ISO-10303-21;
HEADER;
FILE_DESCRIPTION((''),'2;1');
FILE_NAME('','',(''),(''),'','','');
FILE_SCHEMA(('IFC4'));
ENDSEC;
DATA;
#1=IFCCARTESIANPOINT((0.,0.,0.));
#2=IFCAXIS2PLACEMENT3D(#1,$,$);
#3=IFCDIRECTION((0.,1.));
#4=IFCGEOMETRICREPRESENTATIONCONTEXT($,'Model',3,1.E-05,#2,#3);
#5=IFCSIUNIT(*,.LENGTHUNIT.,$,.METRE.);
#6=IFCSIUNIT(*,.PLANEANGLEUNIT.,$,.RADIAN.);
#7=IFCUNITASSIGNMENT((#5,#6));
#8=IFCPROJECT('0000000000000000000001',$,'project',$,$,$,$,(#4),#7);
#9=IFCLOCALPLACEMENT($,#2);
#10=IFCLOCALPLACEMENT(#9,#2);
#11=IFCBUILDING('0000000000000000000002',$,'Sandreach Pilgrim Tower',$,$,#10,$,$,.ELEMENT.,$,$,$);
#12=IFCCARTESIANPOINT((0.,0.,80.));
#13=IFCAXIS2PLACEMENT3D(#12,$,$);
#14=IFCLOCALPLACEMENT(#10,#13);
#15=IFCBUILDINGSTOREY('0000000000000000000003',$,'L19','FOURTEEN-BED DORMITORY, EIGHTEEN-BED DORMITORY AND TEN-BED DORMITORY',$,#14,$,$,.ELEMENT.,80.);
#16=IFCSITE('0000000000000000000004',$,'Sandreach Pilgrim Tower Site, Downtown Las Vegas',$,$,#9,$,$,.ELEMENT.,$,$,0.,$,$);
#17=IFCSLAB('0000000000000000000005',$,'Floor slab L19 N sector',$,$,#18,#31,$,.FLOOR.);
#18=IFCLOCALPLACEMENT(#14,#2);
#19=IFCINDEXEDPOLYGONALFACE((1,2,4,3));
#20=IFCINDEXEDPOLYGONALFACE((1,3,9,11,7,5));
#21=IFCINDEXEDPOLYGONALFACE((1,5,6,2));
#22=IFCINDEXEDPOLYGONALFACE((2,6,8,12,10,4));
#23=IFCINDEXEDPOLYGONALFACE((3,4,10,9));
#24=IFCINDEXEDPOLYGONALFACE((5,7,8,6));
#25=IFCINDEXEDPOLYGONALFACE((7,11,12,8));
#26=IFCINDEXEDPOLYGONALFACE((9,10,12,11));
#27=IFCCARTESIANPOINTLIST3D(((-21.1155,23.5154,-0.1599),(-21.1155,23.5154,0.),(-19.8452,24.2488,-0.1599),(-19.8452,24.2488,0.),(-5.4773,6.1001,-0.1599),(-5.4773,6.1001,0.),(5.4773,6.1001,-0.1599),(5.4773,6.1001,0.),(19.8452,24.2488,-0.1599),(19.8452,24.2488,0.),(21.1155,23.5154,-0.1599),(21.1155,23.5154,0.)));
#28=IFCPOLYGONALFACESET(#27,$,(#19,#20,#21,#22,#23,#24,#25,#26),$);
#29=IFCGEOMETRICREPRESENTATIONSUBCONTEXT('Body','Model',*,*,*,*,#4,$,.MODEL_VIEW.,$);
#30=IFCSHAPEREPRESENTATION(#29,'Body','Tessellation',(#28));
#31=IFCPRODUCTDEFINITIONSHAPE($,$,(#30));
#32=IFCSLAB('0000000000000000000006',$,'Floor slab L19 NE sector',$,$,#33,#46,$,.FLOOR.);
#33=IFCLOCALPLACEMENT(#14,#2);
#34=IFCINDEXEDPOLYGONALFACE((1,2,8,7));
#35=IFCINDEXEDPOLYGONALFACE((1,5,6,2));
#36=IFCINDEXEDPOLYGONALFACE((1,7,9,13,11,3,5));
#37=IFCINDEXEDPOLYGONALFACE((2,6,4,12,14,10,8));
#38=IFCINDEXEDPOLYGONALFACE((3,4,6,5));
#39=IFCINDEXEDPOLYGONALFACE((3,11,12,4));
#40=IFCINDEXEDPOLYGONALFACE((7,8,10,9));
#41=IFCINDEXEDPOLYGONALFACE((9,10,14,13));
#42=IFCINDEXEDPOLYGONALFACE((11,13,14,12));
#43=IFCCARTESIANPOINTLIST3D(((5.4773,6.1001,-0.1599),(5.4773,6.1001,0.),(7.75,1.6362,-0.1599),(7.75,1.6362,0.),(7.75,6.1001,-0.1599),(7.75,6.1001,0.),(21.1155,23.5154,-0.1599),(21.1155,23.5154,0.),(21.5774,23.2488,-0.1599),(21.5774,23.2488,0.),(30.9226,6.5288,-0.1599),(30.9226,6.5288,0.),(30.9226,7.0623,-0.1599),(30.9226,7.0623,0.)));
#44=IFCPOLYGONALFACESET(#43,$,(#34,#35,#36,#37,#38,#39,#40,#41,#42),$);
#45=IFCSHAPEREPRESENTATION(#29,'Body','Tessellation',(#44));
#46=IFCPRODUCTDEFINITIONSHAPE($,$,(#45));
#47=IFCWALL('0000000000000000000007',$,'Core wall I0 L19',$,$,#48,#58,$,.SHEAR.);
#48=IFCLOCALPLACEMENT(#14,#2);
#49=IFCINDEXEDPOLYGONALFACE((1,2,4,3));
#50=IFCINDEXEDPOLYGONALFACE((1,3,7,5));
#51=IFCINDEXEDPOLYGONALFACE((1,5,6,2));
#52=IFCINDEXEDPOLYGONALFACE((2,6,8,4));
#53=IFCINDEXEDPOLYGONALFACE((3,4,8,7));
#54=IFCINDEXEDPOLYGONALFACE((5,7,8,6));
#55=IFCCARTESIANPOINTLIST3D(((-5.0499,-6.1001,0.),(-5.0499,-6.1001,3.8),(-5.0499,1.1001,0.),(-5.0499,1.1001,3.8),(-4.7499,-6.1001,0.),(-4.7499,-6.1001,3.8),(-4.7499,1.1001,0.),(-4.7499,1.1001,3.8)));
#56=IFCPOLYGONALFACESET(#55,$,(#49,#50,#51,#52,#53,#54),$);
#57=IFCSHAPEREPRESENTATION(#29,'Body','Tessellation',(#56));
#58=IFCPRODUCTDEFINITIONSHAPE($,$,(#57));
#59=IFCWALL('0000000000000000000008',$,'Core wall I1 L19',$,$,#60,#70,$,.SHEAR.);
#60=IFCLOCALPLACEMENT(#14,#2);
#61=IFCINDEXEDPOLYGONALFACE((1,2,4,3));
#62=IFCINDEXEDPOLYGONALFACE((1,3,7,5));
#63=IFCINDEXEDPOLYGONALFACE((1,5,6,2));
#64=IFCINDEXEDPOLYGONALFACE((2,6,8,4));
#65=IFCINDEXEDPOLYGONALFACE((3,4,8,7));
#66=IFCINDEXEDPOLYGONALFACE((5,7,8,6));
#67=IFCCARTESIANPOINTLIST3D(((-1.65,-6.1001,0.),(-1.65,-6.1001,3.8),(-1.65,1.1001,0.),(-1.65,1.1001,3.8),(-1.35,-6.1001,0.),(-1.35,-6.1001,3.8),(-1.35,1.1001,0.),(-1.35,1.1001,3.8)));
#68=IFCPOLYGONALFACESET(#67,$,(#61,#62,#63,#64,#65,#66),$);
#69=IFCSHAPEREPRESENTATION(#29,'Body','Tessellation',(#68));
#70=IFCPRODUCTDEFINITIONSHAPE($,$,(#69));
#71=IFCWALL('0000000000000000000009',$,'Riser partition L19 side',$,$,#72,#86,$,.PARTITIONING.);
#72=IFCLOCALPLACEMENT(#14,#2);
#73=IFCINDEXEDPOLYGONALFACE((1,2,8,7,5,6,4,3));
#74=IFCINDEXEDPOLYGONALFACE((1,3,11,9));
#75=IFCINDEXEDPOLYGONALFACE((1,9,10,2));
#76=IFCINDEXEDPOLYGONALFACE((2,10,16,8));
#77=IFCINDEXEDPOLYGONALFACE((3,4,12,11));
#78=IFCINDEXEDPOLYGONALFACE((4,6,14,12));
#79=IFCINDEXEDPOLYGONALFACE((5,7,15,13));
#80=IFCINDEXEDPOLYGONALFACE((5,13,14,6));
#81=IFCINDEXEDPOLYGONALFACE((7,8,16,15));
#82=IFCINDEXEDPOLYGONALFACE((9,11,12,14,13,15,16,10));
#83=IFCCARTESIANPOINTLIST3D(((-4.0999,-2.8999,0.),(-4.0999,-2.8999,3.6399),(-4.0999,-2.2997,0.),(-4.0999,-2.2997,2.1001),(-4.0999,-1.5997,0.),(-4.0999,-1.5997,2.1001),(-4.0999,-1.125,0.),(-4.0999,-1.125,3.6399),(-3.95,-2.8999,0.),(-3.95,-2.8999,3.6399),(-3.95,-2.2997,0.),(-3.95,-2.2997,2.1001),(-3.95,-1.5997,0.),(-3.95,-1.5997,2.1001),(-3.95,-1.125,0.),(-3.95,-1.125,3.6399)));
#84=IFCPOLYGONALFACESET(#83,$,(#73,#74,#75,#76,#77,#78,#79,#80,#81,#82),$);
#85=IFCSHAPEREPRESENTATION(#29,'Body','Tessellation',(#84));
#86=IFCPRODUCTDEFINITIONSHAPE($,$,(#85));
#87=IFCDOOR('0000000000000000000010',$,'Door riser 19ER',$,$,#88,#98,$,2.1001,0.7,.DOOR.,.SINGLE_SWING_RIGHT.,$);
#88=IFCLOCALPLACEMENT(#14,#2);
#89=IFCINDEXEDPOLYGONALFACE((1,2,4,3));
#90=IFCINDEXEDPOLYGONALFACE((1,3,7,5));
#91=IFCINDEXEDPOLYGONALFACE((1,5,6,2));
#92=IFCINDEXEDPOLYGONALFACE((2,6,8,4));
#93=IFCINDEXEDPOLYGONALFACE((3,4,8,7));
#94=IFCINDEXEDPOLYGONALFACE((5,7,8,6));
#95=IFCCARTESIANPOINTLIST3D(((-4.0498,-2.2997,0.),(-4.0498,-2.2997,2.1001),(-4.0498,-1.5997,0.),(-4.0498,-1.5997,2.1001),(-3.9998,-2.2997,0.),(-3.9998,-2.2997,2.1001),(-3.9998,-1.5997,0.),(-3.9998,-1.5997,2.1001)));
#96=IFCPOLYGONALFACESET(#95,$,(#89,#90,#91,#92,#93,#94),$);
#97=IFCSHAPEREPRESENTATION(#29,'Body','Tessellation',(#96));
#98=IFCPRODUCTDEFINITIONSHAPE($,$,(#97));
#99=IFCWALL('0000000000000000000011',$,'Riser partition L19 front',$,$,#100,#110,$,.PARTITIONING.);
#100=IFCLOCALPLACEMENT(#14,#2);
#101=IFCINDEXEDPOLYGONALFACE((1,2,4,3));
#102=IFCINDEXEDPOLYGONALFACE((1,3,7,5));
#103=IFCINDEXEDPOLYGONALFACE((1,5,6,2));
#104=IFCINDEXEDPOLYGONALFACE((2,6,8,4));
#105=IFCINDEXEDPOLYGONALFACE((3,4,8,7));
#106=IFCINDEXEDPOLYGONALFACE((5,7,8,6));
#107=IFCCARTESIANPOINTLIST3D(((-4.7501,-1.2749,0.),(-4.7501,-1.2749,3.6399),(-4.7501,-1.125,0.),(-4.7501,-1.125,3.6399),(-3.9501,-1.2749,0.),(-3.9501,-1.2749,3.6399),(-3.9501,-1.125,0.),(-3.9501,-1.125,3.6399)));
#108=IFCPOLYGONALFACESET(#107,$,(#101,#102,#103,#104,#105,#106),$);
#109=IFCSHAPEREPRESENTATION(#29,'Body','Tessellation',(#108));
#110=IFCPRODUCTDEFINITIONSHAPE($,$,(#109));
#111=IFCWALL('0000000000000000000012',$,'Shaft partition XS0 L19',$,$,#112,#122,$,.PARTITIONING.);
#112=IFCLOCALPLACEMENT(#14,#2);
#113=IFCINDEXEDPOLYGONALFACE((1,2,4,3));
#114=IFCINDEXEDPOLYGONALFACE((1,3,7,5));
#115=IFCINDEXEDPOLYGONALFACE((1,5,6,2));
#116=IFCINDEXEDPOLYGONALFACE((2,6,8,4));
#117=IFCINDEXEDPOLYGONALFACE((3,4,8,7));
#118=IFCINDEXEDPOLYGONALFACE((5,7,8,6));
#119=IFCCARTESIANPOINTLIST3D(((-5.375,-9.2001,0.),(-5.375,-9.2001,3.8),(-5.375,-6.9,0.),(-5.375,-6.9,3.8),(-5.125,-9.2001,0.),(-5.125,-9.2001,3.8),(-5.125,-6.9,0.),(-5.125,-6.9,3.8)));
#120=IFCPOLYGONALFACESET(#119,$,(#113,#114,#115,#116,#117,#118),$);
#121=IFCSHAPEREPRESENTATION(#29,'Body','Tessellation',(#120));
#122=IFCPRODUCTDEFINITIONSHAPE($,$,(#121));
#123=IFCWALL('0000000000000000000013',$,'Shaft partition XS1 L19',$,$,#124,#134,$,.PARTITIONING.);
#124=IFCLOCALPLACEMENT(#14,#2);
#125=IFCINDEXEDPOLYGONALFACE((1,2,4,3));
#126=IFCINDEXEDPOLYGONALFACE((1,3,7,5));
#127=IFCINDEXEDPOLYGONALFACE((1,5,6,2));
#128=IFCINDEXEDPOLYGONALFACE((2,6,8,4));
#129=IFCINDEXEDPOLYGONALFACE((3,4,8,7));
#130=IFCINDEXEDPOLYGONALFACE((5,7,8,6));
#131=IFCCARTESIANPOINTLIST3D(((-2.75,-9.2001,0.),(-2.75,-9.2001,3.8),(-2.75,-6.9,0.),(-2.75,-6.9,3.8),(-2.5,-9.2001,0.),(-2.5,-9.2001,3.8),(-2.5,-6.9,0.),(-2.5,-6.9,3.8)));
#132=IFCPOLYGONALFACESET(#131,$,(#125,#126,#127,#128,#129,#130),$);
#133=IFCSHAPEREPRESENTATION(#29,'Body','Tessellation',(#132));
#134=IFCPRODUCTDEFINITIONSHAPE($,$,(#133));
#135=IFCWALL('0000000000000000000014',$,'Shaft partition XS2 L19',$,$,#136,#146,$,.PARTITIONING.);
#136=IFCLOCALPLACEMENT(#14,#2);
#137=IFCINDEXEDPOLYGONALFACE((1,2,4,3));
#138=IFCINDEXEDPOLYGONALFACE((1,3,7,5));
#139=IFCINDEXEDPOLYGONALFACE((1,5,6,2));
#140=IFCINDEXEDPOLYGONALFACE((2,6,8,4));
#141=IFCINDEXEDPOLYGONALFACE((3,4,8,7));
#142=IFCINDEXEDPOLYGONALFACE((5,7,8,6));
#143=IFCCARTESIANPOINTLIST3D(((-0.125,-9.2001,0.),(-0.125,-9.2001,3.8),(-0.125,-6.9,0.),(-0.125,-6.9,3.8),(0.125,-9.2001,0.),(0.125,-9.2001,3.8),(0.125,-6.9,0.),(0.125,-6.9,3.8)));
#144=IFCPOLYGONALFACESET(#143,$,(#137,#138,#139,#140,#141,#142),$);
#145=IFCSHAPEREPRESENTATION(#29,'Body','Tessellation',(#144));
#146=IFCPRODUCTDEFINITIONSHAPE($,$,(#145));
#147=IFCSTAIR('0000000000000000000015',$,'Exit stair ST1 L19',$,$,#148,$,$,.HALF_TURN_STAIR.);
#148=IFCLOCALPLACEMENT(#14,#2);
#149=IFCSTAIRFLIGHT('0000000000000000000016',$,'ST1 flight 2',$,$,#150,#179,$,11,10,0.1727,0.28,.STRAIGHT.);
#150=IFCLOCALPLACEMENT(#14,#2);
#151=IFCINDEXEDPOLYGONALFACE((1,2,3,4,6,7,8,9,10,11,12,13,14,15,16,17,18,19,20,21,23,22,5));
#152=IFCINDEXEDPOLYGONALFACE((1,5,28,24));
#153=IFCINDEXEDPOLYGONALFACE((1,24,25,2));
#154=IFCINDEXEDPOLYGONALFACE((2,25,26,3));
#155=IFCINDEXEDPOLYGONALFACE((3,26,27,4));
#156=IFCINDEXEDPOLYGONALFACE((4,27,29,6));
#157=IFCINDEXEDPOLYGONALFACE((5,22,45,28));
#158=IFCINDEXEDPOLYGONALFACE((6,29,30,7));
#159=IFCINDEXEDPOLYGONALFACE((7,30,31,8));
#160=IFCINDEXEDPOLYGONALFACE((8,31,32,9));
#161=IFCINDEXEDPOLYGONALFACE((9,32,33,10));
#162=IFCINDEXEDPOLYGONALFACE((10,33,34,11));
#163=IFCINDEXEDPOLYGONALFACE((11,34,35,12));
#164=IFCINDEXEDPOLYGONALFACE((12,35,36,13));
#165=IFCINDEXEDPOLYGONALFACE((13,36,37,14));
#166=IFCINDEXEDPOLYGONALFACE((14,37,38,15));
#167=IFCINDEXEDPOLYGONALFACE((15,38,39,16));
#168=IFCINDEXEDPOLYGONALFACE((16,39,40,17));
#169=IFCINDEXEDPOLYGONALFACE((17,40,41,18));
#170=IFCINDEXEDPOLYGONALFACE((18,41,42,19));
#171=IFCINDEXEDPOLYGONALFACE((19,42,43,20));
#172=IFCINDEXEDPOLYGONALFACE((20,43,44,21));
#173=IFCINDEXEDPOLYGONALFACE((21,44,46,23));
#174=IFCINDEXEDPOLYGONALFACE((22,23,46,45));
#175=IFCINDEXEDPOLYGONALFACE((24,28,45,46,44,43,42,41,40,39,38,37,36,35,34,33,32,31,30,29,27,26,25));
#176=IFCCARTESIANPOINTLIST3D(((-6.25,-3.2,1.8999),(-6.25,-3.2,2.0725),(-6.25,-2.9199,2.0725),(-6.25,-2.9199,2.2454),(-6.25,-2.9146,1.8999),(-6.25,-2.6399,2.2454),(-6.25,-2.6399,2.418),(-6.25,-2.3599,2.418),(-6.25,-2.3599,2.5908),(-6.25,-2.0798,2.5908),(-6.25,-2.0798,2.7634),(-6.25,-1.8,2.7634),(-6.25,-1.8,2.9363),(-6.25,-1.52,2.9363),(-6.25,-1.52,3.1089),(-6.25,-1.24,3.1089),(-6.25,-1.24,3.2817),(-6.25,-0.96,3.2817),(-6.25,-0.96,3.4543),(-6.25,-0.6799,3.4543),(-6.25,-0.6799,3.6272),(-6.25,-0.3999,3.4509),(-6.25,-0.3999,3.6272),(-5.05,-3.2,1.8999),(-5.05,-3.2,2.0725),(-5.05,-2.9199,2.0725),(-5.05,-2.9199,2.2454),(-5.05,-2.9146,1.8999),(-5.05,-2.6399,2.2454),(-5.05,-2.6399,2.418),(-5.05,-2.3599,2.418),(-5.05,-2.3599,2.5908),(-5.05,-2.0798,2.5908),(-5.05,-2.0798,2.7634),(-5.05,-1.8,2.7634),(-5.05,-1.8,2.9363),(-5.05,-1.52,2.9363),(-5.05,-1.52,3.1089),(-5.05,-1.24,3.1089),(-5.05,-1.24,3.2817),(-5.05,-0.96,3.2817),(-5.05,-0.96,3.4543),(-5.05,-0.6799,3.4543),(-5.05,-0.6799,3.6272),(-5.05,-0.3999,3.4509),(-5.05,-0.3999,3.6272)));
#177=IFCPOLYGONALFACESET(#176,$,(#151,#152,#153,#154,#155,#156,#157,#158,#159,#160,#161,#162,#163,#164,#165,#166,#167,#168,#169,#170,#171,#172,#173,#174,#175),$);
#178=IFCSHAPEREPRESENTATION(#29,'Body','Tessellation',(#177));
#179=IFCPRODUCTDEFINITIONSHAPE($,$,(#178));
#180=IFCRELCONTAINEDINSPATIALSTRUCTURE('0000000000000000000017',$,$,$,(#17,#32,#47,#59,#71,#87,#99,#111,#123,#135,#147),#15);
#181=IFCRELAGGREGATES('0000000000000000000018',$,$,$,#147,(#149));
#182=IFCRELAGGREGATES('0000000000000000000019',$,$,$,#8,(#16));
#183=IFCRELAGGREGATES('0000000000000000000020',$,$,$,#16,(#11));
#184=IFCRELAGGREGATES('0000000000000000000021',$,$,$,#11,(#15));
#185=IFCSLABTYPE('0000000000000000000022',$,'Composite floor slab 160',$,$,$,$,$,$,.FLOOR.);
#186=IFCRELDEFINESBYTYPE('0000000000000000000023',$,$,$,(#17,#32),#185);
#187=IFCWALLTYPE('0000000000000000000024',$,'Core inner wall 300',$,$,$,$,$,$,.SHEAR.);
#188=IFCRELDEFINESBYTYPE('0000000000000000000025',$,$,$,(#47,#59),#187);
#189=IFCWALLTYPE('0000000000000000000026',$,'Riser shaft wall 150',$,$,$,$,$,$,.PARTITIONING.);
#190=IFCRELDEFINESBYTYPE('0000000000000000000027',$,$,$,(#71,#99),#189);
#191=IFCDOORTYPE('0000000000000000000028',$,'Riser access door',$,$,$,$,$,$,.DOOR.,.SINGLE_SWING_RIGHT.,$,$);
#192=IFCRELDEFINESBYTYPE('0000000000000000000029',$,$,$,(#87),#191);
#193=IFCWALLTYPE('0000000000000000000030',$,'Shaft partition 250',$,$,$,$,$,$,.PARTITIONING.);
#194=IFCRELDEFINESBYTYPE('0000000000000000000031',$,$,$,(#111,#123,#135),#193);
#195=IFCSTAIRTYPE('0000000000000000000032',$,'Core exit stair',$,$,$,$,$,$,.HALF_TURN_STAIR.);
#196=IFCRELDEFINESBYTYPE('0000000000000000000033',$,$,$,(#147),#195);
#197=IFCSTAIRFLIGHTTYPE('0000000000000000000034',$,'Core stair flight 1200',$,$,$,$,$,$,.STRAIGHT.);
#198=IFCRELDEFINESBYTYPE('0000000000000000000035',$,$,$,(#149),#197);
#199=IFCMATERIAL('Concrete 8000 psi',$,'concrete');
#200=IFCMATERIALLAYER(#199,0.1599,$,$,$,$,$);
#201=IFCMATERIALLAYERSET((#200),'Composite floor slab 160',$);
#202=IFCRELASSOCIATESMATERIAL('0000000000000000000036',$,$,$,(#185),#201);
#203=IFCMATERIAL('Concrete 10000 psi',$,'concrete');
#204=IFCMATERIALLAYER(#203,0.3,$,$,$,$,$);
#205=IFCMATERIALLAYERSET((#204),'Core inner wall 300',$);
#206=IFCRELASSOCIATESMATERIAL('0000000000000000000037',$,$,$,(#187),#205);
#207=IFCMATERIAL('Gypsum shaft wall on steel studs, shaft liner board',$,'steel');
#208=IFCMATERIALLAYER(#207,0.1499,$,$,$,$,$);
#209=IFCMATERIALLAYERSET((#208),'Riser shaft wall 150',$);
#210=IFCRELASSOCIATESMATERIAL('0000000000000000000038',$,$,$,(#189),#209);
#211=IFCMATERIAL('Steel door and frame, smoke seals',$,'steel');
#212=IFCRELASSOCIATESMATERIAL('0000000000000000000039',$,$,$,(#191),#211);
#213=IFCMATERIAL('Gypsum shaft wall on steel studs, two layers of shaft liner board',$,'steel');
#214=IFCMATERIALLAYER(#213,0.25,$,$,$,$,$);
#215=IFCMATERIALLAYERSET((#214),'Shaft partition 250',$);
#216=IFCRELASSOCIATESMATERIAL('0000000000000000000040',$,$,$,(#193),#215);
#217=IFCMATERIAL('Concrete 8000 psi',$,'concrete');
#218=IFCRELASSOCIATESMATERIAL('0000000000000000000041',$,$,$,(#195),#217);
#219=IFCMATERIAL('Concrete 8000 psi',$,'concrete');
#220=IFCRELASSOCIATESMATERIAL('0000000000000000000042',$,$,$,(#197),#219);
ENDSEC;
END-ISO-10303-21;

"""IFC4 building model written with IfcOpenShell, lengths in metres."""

from ifc_helpers import new_model, si_unit, direction, frame, frame_2d, origin, place, context, subcontext, project, spatial, polyline, rectangle, outline, extrude, material, layer, layer_set, type_object, element, fill, aggregate, save


model = new_model("IFC4")

# Units and contexts
model_context = context("Model", 3, precision=1e-05, world=origin(), true_north=direction((0.0, 1.0)))
body_context = subcontext(model_context, "Body", "Model", "MODEL_VIEW")
ifc_project = project(units=[si_unit("LENGTHUNIT", "METRE"), si_unit("PLANEANGLEUNIT", "RADIAN")], contexts=[model_context])

# Site, building, storey
site_placement = place(None, origin())
site = spatial("IfcSite", under=ifc_project, at=site_placement, Name="Sandreach Pilgrim Tower Site, Downtown Las Vegas", CompositionType="ELEMENT", RefElevation=0.0)
building_placement = place(site_placement, origin())
building = spatial("IfcBuilding", under=site, at=building_placement, Name="Sandreach Pilgrim Tower", CompositionType="ELEMENT")
storey_placement = place(building_placement, frame((0.0, 0.0, 80.0)))
storey = spatial("IfcBuildingStorey", under=building, at=storey_placement, Name="L19", Description="FOURTEEN-BED DORMITORY, EIGHTEEN-BED DORMITORY AND TEN-BED DORMITORY", CompositionType="ELEMENT", Elevation=80.0)

# Slabs
ifc_material_1 = material(Name="Concrete 8000 psi", Category="concrete")
ifc_layer_1 = layer(ifc_material_1, 0.1599)
ifc_layer_set_1 = layer_set([ifc_layer_1], Name="Composite floor slab 160")
slab_type = type_object("IfcSlabType", Name="Composite floor slab 160", PredefinedType="FLOOR", material=ifc_layer_set_1)
slab_1_placement = place(storey_placement, frame((0.0, 0.0, -0.1599)))
element("IfcSlab", 1, at=slab_1_placement, inside=storey, type_object=slab_type, Name="Floor slab L19 N sector", PredefinedType="FLOOR", context=body_context, shape_type="SweptSolid", body=[
    extrude(outline(polyline([(-19.8452, 24.2488), (19.8452, 24.2488), (21.1155, 23.5154), (5.4773, 6.1001), (-5.4773, 6.1001), (-21.1155, 23.5154), (-19.8452, 24.2488)])), origin(), (0.0, 0.0, 1.0), 0.1599),
])
slab_2_placement = place(storey_placement, frame((0.0, 0.0, -0.1599)))
element("IfcSlab", 2, at=slab_2_placement, inside=storey, type_object=slab_type, Name="Floor slab L19 NE sector", PredefinedType="FLOOR", context=body_context, shape_type="SweptSolid", body=[
    extrude(outline(polyline([(21.5774, 23.2488), (30.9226, 7.0623), (30.9226, 6.5288), (7.75, 1.6362), (7.75, 6.1001), (5.4773, 6.1001), (21.1155, 23.5154), (21.5774, 23.2488)])), origin(), (0.0, 0.0, 1.0), 0.1599),
])

# Walls
ifc_material_2 = material(Name="Concrete 10000 psi", Category="concrete")
ifc_layer_2 = layer(ifc_material_2, 0.3)
ifc_layer_set_2 = layer_set([ifc_layer_2], Name="Core inner wall 300")
wall_type_1 = type_object("IfcWallType", Name="Core inner wall 300", PredefinedType="SHEAR", material=ifc_layer_set_2)
for number, where, z_axis, x_axis, name in (
    (3, (-4.8999, -6.1001, 0.0), (0.0, 0.0, 1.0), (0.0, 1.0, 0.0), "Core wall I0 L19"),
    (4, (-1.5, -6.1001, 0.0), (0.0, 0.0, 1.0), (0.0, 1.0, 0.0), "Core wall I1 L19"),
):
    element("IfcWall", number, at=place(storey_placement, frame(where, z_axis=z_axis, x_axis=x_axis)), inside=storey, type_object=wall_type_1, Name=name, PredefinedType="SHEAR", context=body_context, shape_type="SweptSolid", body=[
        extrude(rectangle(XDim=7.2002, YDim=0.3, at=frame_2d((3.6001, 0.0))), origin(), (0.0, 0.0, 1.0), 3.8),
    ])

# Wall, opening, door
ifc_material_3 = material(Name="Gypsum shaft wall on steel studs, shaft liner board", Category="steel")
ifc_layer_3 = layer(ifc_material_3, 0.1499)
ifc_layer_set_3 = layer_set([ifc_layer_3], Name="Riser shaft wall 150")
wall_type_2 = type_object("IfcWallType", Name="Riser shaft wall 150", PredefinedType="PARTITIONING", material=ifc_layer_set_3)
wall_1_placement = place(storey_placement, frame((-4.0249, -2.8999, 0.0), z_axis=(0.0, 0.0, 1.0), x_axis=(0.0, 1.0, 0.0)))
wall_1 = element("IfcWall", 5, at=wall_1_placement, inside=storey, type_object=wall_type_2, Name="Riser partition L19 side", PredefinedType="PARTITIONING", context=body_context, shape_type="SweptSolid", body=[
    extrude(rectangle(XDim=1.7749, YDim=0.1499, at=frame_2d((0.8875, 0.0))), origin(), (0.0, 0.0, 1.0), 3.6399),
])
opening_1_placement = place(wall_1_placement, frame((0.6001, 0.0, 0.0)))
opening_1 = element("IfcOpeningElement", 6, at=opening_1_placement, cuts=wall_1, PredefinedType="OPENING", context=body_context, shape_type="SweptSolid", body=[
    extrude(rectangle(XDim=0.7, YDim=2.1001, at=frame_2d((0.3501, 1.05))), frame((0.0, 0.075, 0.0), z_axis=(0.0, -1.0, 0.0), x_axis=(1.0, 0.0, 0.0)), (0.0, 0.0, 1.0), 0.1499),
])
ifc_material_4 = material(Name="Steel door and frame, smoke seals", Category="steel")
door_type_1 = type_object("IfcDoorType", Name="Riser access door", OperationType="SINGLE_SWING_RIGHT", PredefinedType="DOOR", material=ifc_material_4)
door_1_placement = place(opening_1_placement, origin())
door_1 = element("IfcDoor", 7, at=door_1_placement, inside=storey, type_object=door_type_1, Name="Door riser 19ER", OperationType="SINGLE_SWING_RIGHT", OverallHeight=2.1001, OverallWidth=0.7, PredefinedType="DOOR", context=body_context, shape_type="SweptSolid", body=[
    extrude(rectangle(XDim=0.7, YDim=2.1001, at=frame_2d((0.3501, 1.05))), frame((0.0, 0.0249, 0.0), z_axis=(0.0, -1.0, 0.0), x_axis=(1.0, 0.0, 0.0)), (0.0, 0.0, 1.0), 0.05),
])
fill(opening_1, door_1)

# Walls
wall_2_placement = place(storey_placement, frame((-4.75, -1.2, 0.0), z_axis=(0.0, 0.0, 1.0), x_axis=(1.0, 0.0, 0.0)))
element("IfcWall", 8, at=wall_2_placement, inside=storey, type_object=wall_type_2, Name="Riser partition L19 front", PredefinedType="PARTITIONING", context=body_context, shape_type="SweptSolid", body=[
    extrude(rectangle(XDim=0.8, YDim=0.1499, at=frame_2d((0.3999, 0.0))), origin(), (0.0, 0.0, 1.0), 3.6399),
])
ifc_material_5 = material(Name="Gypsum shaft wall on steel studs, two layers of shaft liner board", Category="steel")
ifc_layer_4 = layer(ifc_material_5, 0.25)
ifc_layer_set_4 = layer_set([ifc_layer_4], Name="Shaft partition 250")
wall_type_3 = type_object("IfcWallType", Name="Shaft partition 250", PredefinedType="PARTITIONING", material=ifc_layer_set_4)
for number, where, z_axis, x_axis, name in (
    (9, (-5.25, -9.2, 0.0), (0.0, 0.0, 1.0), (0.0, 1.0, 0.0), "Shaft partition XS0 L19"),
    (10, (-2.625, -9.2, 0.0), (0.0, 0.0, 1.0), (0.0, 1.0, 0.0), "Shaft partition XS1 L19"),
    (11, (0.0, -9.2, 0.0), (0.0, 0.0, 1.0), (0.0, 1.0, 0.0), "Shaft partition XS2 L19"),
):
    element("IfcWall", number, at=place(storey_placement, frame(where, z_axis=z_axis, x_axis=x_axis)), inside=storey, type_object=wall_type_3, Name=name, PredefinedType="PARTITIONING", context=body_context, shape_type="SweptSolid", body=[
        extrude(rectangle(XDim=2.3, YDim=0.25, at=frame_2d((1.1499, 0.0))), origin(), (0.0, 0.0, 1.0), 3.8),
    ])

# Stair, stair flight
ifc_material_6 = material(Name="Concrete 8000 psi", Category="concrete")
stair_type = type_object("IfcStairType", Name="Core exit stair", PredefinedType="HALF_TURN_STAIR", material=ifc_material_6)
stair_1_placement = place(storey_placement, origin())
stair_1 = element("IfcStair", 12, at=stair_1_placement, inside=storey, type_object=stair_type, Name="Exit stair ST1 L19", PredefinedType="HALF_TURN_STAIR")
ifc_material_7 = material(Name="Concrete 8000 psi", Category="concrete")
stair_flight_type = type_object("IfcStairFlightType", Name="Core stair flight 1200", PredefinedType="STRAIGHT", material=ifc_material_7)
stair_flight_1_placement = place(storey_placement, frame((-5.6499, -3.2, 1.8999), z_axis=(0.0, 0.0, 1.0), x_axis=(0.0, 1.0, 0.0)))
stair_flight_1 = element("IfcStairFlight", 13, at=stair_flight_1_placement, type_object=stair_flight_type, Name="ST1 flight 2", NumberOfRisers=11, NumberOfTreads=10, PredefinedType="STRAIGHT", RiserHeight=0.1727, TreadLength=0.28, context=body_context, shape_type="SweptSolid", body=[
    extrude(outline(polyline([(0.0, 0.0), (0.0, 0.1726), (0.28, 0.1726), (0.28, 0.3455), (0.5601, 0.3455), (0.5601, 0.5181), (0.8401, 0.5181), (0.8401, 0.6909), (1.1201, 0.6909), (1.1201, 0.8635), (1.3999, 0.8635), (1.3999, 1.0364), (1.6799, 1.0364), (1.6799, 1.209), (1.96, 1.209), (1.96, 1.3818), (2.24, 1.3818), (2.24, 1.5544), (2.52, 1.5544), (2.52, 1.7273), (2.8, 1.7273), (2.8, 1.8999), (2.8, 1.551), (0.2854, 0.0), (0.0, 0.0)])), frame((0.0, 0.6001, 0.0), z_axis=(0.0, -1.0, 0.0), x_axis=(1.0, 0.0, 0.0)), (0.0, 0.0, 1.0), 1.2),
])
aggregate(stair_1, [stair_flight_1])

save(model, "model.ifc")
